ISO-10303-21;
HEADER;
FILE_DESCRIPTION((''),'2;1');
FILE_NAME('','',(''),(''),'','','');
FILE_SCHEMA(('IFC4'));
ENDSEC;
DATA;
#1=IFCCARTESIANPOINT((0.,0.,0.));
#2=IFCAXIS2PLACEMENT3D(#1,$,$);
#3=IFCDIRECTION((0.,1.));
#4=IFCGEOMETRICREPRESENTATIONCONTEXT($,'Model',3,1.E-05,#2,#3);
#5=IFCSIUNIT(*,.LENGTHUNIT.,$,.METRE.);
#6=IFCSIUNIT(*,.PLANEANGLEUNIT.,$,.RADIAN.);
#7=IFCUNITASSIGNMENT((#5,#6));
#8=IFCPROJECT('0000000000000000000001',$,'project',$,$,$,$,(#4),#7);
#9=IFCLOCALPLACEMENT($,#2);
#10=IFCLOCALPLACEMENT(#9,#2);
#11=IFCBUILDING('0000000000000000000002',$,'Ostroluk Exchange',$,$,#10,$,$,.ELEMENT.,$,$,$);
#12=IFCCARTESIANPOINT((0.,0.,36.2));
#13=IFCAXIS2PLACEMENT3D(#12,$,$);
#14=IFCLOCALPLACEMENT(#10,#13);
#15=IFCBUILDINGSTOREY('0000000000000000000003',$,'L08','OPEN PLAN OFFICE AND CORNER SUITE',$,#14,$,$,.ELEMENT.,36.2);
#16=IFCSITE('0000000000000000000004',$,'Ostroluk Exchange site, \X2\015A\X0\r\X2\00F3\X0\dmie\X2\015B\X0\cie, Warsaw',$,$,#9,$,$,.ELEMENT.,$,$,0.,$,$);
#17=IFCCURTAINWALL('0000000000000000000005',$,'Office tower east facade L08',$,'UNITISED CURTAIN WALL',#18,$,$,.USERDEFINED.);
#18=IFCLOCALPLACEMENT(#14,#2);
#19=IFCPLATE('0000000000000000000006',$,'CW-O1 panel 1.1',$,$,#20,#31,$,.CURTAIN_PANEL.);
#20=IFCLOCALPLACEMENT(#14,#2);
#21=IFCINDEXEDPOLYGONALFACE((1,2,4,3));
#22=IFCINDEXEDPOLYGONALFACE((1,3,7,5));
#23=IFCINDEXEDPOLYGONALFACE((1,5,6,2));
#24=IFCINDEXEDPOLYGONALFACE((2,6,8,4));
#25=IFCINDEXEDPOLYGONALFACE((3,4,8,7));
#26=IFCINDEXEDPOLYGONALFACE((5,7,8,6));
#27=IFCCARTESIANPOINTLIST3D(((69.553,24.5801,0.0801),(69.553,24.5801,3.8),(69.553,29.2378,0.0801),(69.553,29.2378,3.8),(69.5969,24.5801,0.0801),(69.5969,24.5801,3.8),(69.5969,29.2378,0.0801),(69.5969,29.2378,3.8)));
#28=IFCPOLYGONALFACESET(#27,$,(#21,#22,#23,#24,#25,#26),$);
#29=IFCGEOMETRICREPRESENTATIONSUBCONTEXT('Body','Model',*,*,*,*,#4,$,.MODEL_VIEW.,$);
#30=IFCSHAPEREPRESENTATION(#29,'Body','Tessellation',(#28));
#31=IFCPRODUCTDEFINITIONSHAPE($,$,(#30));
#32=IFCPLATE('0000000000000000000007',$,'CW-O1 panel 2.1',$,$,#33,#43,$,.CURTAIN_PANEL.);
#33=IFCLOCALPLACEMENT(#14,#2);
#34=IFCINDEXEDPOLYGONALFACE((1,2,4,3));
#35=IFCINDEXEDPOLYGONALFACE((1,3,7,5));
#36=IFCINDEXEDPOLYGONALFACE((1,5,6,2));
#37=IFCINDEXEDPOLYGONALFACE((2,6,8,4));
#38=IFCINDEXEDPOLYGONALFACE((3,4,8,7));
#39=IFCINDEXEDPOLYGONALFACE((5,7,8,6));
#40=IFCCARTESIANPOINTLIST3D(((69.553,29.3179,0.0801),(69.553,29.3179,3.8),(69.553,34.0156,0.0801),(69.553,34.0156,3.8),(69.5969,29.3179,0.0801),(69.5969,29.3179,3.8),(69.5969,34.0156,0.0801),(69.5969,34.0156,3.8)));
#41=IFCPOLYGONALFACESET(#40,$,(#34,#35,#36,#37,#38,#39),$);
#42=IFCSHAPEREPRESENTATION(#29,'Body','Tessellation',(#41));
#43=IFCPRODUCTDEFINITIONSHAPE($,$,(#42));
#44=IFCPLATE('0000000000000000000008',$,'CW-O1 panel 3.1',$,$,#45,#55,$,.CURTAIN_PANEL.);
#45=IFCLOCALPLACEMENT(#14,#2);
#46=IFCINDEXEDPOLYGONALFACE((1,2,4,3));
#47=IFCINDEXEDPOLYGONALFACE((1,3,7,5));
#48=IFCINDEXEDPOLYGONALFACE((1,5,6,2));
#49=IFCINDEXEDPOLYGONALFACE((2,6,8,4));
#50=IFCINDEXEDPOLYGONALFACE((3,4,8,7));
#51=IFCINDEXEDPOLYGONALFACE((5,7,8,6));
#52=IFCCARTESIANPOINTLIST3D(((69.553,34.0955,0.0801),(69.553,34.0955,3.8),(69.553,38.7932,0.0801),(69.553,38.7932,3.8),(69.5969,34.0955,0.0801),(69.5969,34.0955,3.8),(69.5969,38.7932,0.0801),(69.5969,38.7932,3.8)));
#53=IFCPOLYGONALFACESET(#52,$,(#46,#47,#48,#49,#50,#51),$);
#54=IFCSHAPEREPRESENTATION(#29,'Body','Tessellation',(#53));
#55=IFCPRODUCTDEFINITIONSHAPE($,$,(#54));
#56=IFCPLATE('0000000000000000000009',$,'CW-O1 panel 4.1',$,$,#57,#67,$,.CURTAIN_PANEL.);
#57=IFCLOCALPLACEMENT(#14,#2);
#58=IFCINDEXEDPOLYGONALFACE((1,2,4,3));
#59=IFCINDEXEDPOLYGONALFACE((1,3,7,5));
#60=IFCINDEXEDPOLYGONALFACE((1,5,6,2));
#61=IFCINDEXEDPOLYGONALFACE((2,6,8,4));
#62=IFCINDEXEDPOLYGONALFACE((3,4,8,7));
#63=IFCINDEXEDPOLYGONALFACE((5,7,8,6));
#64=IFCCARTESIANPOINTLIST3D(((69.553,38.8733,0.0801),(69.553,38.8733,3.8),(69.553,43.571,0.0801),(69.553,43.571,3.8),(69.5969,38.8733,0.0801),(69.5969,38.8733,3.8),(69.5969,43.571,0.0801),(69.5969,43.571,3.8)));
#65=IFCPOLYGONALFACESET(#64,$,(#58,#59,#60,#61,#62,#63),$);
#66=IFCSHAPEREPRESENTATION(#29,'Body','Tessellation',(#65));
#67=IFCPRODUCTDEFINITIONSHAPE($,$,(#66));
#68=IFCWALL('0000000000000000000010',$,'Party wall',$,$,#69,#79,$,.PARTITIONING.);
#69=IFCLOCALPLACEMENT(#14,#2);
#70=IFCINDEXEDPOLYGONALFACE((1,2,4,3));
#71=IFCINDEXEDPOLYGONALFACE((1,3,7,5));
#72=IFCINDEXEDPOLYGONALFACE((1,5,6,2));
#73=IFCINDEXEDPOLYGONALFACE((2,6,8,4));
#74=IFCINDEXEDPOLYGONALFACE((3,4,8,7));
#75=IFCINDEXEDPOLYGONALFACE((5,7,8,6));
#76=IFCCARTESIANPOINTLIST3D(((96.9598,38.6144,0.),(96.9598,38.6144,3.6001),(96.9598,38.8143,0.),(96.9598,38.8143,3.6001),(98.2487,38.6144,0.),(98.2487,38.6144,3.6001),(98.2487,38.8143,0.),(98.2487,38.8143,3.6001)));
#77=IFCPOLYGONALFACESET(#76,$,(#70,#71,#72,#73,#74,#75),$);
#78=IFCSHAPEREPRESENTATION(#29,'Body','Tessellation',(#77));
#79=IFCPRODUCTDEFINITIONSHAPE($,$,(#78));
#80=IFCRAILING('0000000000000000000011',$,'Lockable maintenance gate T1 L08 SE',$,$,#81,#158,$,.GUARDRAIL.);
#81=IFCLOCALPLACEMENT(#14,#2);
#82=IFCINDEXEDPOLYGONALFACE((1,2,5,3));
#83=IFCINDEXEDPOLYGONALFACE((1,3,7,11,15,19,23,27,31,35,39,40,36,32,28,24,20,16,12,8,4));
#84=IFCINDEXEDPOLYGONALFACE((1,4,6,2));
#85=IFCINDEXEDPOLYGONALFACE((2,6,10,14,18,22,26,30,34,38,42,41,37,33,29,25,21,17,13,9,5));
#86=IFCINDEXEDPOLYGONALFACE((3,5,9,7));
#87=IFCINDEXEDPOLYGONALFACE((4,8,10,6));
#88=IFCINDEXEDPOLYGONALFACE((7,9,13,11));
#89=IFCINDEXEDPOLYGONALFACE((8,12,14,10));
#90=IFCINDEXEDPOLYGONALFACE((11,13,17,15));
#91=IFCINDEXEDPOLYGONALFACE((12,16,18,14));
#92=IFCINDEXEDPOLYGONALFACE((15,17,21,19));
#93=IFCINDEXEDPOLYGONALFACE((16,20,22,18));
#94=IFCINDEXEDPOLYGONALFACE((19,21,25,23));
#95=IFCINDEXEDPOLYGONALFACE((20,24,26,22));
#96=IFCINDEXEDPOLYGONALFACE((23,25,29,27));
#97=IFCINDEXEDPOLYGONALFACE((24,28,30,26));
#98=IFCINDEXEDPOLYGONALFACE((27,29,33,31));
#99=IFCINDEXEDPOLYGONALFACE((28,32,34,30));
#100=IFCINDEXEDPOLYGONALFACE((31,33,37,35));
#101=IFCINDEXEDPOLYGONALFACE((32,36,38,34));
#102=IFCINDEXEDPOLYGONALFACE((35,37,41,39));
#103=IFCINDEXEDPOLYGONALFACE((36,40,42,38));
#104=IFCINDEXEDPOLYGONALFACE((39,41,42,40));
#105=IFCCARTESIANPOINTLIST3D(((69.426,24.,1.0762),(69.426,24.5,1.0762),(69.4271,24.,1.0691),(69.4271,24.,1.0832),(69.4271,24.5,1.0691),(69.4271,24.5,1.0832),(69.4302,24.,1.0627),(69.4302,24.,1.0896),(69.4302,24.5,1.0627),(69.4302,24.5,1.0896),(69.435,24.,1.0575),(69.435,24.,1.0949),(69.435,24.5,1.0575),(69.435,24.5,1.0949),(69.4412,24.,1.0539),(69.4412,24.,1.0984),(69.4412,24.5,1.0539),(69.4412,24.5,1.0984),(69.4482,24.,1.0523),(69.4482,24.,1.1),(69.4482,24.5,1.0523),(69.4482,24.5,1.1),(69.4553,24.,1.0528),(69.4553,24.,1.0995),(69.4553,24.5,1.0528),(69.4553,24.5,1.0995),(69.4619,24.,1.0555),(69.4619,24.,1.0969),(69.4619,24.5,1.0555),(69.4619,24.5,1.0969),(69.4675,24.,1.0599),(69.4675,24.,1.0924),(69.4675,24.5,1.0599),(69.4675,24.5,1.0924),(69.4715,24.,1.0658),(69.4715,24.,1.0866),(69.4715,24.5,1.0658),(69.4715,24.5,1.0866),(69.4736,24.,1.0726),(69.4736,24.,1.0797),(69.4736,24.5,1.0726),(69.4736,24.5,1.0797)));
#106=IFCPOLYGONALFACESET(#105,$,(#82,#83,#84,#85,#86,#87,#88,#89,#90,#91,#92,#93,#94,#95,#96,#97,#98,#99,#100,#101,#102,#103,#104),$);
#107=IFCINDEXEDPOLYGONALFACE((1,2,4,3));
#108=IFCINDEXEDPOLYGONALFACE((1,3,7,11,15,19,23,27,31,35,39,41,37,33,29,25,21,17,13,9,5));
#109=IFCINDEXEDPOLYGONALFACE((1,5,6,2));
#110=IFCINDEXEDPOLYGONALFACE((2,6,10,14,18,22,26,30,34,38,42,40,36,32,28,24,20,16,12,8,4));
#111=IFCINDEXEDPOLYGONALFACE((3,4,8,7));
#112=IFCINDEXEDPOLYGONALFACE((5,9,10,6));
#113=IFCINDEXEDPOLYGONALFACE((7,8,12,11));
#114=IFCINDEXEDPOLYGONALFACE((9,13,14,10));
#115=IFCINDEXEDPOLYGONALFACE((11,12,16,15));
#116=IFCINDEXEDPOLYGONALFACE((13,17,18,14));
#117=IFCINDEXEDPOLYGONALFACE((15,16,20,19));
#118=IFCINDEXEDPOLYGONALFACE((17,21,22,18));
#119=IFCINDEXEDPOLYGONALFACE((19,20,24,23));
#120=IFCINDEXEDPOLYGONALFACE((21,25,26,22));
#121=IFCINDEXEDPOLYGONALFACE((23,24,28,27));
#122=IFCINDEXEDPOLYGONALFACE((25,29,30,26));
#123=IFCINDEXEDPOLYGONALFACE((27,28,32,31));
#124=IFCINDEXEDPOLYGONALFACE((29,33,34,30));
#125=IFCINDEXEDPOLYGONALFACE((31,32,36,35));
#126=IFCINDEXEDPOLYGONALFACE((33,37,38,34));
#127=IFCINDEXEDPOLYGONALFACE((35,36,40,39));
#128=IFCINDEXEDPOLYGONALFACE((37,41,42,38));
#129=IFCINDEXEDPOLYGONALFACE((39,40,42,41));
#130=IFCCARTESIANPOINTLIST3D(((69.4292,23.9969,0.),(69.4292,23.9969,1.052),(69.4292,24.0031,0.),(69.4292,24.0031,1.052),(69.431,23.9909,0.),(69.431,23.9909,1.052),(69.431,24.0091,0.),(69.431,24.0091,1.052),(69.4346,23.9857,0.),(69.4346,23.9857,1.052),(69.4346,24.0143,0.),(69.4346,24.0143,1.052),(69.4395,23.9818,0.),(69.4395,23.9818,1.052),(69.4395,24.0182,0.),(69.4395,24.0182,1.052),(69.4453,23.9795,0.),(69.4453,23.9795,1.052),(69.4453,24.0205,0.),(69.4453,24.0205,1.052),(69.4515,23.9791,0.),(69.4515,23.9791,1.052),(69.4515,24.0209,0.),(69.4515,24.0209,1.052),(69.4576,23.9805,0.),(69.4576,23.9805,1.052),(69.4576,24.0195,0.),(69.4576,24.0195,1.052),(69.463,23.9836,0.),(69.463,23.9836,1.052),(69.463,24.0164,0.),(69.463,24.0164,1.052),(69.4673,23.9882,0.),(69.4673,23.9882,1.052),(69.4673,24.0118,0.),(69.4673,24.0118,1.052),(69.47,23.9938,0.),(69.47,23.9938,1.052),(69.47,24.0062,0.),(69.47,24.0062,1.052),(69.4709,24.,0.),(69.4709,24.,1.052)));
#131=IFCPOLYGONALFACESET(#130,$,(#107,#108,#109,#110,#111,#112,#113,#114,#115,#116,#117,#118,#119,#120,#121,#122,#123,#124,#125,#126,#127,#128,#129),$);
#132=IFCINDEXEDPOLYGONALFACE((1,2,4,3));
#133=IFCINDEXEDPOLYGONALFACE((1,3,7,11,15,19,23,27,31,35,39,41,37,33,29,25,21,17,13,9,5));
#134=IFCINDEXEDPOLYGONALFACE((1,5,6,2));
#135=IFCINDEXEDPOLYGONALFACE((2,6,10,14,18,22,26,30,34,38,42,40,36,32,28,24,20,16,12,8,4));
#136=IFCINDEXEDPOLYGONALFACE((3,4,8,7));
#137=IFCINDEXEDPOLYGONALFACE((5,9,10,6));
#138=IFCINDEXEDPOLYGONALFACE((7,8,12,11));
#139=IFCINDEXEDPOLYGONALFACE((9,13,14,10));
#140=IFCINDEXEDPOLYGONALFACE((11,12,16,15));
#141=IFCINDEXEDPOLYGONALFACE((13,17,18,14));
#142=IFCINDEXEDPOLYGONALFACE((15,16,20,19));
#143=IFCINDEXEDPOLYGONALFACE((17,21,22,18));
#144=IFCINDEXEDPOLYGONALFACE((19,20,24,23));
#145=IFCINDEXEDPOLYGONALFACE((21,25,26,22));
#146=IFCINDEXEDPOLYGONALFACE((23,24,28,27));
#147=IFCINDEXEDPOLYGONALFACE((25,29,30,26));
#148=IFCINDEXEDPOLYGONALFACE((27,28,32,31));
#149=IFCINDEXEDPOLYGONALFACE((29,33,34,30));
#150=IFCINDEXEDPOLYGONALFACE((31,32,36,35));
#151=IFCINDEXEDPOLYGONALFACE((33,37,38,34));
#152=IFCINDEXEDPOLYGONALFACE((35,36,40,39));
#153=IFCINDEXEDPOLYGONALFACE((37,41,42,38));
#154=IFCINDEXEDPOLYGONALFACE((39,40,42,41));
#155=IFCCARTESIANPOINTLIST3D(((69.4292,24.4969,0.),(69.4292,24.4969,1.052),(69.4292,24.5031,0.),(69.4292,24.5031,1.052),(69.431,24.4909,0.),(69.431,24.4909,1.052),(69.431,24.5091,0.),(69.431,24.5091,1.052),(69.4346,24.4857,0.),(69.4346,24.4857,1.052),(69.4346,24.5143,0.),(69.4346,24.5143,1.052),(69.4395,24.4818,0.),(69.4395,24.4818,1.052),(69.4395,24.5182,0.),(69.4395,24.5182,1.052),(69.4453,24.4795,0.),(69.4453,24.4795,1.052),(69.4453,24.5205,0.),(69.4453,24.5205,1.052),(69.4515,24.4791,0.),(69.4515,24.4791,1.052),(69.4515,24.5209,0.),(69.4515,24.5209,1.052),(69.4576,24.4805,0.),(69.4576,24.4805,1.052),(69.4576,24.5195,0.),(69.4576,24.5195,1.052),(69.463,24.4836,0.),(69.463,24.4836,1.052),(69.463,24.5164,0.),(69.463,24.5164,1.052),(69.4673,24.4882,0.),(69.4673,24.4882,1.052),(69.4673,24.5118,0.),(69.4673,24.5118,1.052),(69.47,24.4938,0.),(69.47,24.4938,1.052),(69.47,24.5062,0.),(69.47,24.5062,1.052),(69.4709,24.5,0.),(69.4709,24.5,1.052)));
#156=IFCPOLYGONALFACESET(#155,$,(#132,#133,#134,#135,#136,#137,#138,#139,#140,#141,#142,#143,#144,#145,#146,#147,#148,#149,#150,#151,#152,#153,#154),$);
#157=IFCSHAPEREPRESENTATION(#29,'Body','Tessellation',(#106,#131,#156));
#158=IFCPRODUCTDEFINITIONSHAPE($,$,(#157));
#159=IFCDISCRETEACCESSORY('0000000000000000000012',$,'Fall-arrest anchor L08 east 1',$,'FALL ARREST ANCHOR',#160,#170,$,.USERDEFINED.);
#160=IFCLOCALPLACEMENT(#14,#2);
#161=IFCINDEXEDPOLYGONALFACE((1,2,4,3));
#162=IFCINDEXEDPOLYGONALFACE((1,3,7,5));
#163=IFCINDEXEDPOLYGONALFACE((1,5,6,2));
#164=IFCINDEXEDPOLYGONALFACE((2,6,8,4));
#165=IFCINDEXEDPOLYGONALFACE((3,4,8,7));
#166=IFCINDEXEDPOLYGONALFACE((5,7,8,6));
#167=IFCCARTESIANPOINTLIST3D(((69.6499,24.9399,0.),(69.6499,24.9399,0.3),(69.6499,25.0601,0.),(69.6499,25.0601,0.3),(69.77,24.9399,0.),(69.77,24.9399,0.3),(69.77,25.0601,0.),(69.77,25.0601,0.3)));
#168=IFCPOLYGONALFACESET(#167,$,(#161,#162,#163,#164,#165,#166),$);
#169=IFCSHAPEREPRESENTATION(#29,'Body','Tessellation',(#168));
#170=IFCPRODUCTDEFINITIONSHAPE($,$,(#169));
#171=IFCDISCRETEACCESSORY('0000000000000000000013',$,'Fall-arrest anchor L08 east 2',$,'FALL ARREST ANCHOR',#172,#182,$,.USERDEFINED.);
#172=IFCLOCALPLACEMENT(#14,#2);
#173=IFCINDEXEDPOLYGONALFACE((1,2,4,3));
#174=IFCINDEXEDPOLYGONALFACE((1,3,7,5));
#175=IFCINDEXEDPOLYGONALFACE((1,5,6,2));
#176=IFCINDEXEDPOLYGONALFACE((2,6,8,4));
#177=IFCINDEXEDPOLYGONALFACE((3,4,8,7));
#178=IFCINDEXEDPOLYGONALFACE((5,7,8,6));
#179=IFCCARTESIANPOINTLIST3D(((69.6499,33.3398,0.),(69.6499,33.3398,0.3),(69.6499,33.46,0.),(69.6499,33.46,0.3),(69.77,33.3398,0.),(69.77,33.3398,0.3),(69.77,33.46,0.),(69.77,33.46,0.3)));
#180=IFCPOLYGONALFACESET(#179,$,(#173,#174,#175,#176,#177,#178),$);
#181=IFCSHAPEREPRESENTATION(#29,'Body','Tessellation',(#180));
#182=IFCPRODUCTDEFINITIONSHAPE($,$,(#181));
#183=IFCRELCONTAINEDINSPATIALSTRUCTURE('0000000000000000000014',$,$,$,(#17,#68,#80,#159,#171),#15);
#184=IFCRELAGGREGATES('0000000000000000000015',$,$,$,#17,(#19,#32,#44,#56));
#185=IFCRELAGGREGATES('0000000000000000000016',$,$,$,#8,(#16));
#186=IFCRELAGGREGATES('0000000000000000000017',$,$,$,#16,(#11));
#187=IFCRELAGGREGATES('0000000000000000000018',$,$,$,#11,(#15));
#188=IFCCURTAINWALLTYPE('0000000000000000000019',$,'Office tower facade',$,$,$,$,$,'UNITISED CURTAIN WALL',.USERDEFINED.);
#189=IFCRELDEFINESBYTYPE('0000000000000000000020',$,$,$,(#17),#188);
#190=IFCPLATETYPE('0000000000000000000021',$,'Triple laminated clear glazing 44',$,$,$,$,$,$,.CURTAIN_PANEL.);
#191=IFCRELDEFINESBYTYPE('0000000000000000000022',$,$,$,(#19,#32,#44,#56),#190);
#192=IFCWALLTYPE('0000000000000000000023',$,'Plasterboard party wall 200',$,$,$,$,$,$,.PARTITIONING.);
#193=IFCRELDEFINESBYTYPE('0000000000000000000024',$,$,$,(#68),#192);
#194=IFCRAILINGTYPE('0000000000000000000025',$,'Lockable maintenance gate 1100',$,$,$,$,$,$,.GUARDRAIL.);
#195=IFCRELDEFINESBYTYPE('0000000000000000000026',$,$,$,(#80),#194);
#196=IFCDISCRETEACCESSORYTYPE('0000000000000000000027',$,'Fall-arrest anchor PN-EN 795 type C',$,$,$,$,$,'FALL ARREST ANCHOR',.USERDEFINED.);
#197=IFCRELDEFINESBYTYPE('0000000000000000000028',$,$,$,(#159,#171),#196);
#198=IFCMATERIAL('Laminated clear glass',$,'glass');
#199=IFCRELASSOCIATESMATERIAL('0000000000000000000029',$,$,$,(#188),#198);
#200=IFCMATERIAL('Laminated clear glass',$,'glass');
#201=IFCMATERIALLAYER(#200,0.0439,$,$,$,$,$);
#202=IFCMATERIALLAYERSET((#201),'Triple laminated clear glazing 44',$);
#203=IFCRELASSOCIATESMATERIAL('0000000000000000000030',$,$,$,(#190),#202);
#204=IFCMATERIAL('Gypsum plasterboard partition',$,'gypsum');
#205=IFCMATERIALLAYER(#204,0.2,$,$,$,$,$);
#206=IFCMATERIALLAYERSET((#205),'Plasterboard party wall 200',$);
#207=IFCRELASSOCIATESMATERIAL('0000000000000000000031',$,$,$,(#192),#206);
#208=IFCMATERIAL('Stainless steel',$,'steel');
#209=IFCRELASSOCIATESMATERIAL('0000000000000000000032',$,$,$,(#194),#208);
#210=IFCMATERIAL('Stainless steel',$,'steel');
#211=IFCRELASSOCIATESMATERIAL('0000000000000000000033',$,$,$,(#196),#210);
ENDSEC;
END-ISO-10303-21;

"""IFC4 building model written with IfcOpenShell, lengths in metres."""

from ifc_helpers import new_model, si_unit, direction, frame, frame_2d, origin, origin_2d, place, context, subcontext, project, spatial, rectangle, circle, extrude, material, layer, layer_set, type_object, element, aggregate, save


model = new_model("IFC4")

# Units and contexts
model_context = context("Model", 3, precision=1e-05, world=origin(), true_north=direction((0.0, 1.0)))
body_context = subcontext(model_context, "Body", "Model", "MODEL_VIEW")
ifc_project = project(units=[si_unit("LENGTHUNIT", "METRE"), si_unit("PLANEANGLEUNIT", "RADIAN")], contexts=[model_context])

# Site, building, storey
site_placement = place(None, origin())
site = spatial("IfcSite", under=ifc_project, at=site_placement, Name="Ostroluk Exchange site, Śródmieście, Warsaw", CompositionType="ELEMENT", RefElevation=0.0)
building_placement = place(site_placement, origin())
building = spatial("IfcBuilding", under=site, at=building_placement, Name="Ostroluk Exchange", CompositionType="ELEMENT")
storey_placement = place(building_placement, frame((0.0, 0.0, 36.2)))
storey = spatial("IfcBuildingStorey", under=building, at=storey_placement, Name="L08", Description="OPEN PLAN OFFICE AND CORNER SUITE", CompositionType="ELEMENT", Elevation=36.2)

# Curtain wall
ifc_material_1 = material(Name="Laminated clear glass", Category="glass")
curtain_wall_type_1 = type_object("IfcCurtainWallType", Name="Office tower facade", ElementType="UNITISED CURTAIN WALL", PredefinedType="USERDEFINED", material=ifc_material_1)
curtain_wall_1_placement = place(storey_placement, origin())
curtain_wall_1 = element("IfcCurtainWall", 1, at=curtain_wall_1_placement, inside=storey, type_object=curtain_wall_type_1, Name="Office tower east facade L08", ObjectType="UNITISED CURTAIN WALL", PredefinedType="USERDEFINED")

# Plates
ifc_material_2 = material(Name="Laminated clear glass", Category="glass")
ifc_layer_1 = layer(ifc_material_2, 0.0439)
ifc_layer_set_1 = layer_set([ifc_layer_1], Name="Triple laminated clear glazing 44")
plate_type_1 = type_object("IfcPlateType", Name="Triple laminated clear glazing 44", PredefinedType="CURTAIN_PANEL", material=ifc_layer_set_1)
plate_1_placement = place(storey_placement, frame((69.575, 26.9089, 0.0801), z_axis=(0.0, 0.0, 1.0), x_axis=(0.0, 1.0, 0.0)))
plate_1 = element("IfcPlate", 2, at=plate_1_placement, type_object=plate_type_1, Name="CW-O1 panel 1.1", PredefinedType="CURTAIN_PANEL", context=body_context, shape_type="SweptSolid", body=[
    extrude(rectangle(XDim=4.6577, YDim=0.0439, at=origin_2d()), origin(), (0.0, 0.0, 1.0), 3.72),
])
plate_2_placement = place(storey_placement, frame((69.575, 31.6667, 0.0801), z_axis=(0.0, 0.0, 1.0), x_axis=(0.0, 1.0, 0.0)))
plate_2 = element("IfcPlate", 3, at=plate_2_placement, type_object=plate_type_1, Name="CW-O1 panel 2.1", PredefinedType="CURTAIN_PANEL", context=body_context, shape_type="SweptSolid", body=[
    extrude(rectangle(XDim=4.6978, YDim=0.0439, at=origin_2d()), origin(), (0.0, 0.0, 1.0), 3.72),
])
plate_3_placement = place(storey_placement, frame((69.575, 36.4443, 0.0801), z_axis=(0.0, 0.0, 1.0), x_axis=(0.0, 1.0, 0.0)))
plate_3 = element("IfcPlate", 4, at=plate_3_placement, type_object=plate_type_1, Name="CW-O1 panel 3.1", PredefinedType="CURTAIN_PANEL", context=body_context, shape_type="SweptSolid", body=[
    extrude(rectangle(XDim=4.6978, YDim=0.0439, at=origin_2d()), origin(), (0.0, 0.0, 1.0), 3.72),
])
plate_4_placement = place(storey_placement, frame((69.575, 41.2222, 0.0801), z_axis=(0.0, 0.0, 1.0), x_axis=(0.0, 1.0, 0.0)))
plate_4 = element("IfcPlate", 5, at=plate_4_placement, type_object=plate_type_1, Name="CW-O1 panel 4.1", PredefinedType="CURTAIN_PANEL", context=body_context, shape_type="SweptSolid", body=[
    extrude(rectangle(XDim=4.6978, YDim=0.0439, at=origin_2d()), origin(), (0.0, 0.0, 1.0), 3.72),
])
aggregate(curtain_wall_1, [plate_1, plate_2, plate_3, plate_4])

# Wall
ifc_material_3 = material(Name="Gypsum plasterboard partition", Category="gypsum")
ifc_layer_2 = layer(ifc_material_3, 0.2)
ifc_layer_set_2 = layer_set([ifc_layer_2], Name="Plasterboard party wall 200")
wall_type = type_object("IfcWallType", Name="Plasterboard party wall 200", PredefinedType="PARTITIONING", material=ifc_layer_set_2)
wall_placement = place(storey_placement, frame((98.2488, 38.7144, 0.0), z_axis=(0.0, 0.0, 1.0), x_axis=(-1.0, 0.0, 0.0)))
element("IfcWall", 6, at=wall_placement, inside=storey, type_object=wall_type, Name="Party wall", PredefinedType="PARTITIONING", context=body_context, shape_type="SweptSolid", body=[
    extrude(rectangle(XDim=1.2888, YDim=0.2, at=frame_2d((0.6445, 0.0))), origin(), (0.0, 0.0, 1.0), 3.6001),
])

# Railing
ifc_material_4 = material(Name="Stainless steel", Category="steel")
railing_type_1 = type_object("IfcRailingType", Name="Lockable maintenance gate 1100", PredefinedType="GUARDRAIL", material=ifc_material_4)
railing_1_placement = place(storey_placement, frame((69.45, 24.0, 0.0)))
element("IfcRailing", 7, at=railing_1_placement, inside=storey, type_object=railing_type_1, Name="Lockable maintenance gate T1 L08 SE", PredefinedType="GUARDRAIL", context=body_context, shape_type="SweptSolid", body=[
    extrude(circle(Radius=0.0239, at=origin_2d()), frame((0.0, 0.0, 1.0762), z_axis=(0.0, 1.0, 0.0), x_axis=(-1.0, 0.0, 0.0)), (0.0, 0.0, 1.0), 0.5),
    extrude(circle(Radius=0.021, at=origin_2d()), origin(), (0.0, 0.0, 1.0), 1.052),
    extrude(circle(Radius=0.021, at=origin_2d()), frame((0.0, 0.5, 0.0)), (0.0, 0.0, 1.0), 1.052),
])

# Discrete accessories
ifc_material_5 = material(Name="Stainless steel", Category="steel")
discrete_accessory_type = type_object("IfcDiscreteAccessoryType", Name="Fall-arrest anchor PN-EN 795 type C", ElementType="FALL ARREST ANCHOR", PredefinedType="USERDEFINED", material=ifc_material_5)
for number, where, z_axis, x_axis, name in (
    (8, (69.71, 25.0, 0.0), (0.0, 0.0, 1.0), (1.0, 0.0, 0.0), "Fall-arrest anchor L08 east 1"),
    (9, (69.71, 33.3999, 0.0), (0.0, 0.0, 1.0), (1.0, 0.0, 0.0), "Fall-arrest anchor L08 east 2"),
):
    element("IfcDiscreteAccessory", number, at=place(storey_placement, frame(where, z_axis=z_axis, x_axis=x_axis)), inside=storey, type_object=discrete_accessory_type, Name=name, ObjectType="FALL ARREST ANCHOR", PredefinedType="USERDEFINED", context=body_context, shape_type="SweptSolid", body=[
        extrude(rectangle(XDim=0.1201, YDim=0.1201, at=origin_2d()), origin(), (0.0, 0.0, 1.0), 0.3),
    ])

save(model, "model.ifc")
